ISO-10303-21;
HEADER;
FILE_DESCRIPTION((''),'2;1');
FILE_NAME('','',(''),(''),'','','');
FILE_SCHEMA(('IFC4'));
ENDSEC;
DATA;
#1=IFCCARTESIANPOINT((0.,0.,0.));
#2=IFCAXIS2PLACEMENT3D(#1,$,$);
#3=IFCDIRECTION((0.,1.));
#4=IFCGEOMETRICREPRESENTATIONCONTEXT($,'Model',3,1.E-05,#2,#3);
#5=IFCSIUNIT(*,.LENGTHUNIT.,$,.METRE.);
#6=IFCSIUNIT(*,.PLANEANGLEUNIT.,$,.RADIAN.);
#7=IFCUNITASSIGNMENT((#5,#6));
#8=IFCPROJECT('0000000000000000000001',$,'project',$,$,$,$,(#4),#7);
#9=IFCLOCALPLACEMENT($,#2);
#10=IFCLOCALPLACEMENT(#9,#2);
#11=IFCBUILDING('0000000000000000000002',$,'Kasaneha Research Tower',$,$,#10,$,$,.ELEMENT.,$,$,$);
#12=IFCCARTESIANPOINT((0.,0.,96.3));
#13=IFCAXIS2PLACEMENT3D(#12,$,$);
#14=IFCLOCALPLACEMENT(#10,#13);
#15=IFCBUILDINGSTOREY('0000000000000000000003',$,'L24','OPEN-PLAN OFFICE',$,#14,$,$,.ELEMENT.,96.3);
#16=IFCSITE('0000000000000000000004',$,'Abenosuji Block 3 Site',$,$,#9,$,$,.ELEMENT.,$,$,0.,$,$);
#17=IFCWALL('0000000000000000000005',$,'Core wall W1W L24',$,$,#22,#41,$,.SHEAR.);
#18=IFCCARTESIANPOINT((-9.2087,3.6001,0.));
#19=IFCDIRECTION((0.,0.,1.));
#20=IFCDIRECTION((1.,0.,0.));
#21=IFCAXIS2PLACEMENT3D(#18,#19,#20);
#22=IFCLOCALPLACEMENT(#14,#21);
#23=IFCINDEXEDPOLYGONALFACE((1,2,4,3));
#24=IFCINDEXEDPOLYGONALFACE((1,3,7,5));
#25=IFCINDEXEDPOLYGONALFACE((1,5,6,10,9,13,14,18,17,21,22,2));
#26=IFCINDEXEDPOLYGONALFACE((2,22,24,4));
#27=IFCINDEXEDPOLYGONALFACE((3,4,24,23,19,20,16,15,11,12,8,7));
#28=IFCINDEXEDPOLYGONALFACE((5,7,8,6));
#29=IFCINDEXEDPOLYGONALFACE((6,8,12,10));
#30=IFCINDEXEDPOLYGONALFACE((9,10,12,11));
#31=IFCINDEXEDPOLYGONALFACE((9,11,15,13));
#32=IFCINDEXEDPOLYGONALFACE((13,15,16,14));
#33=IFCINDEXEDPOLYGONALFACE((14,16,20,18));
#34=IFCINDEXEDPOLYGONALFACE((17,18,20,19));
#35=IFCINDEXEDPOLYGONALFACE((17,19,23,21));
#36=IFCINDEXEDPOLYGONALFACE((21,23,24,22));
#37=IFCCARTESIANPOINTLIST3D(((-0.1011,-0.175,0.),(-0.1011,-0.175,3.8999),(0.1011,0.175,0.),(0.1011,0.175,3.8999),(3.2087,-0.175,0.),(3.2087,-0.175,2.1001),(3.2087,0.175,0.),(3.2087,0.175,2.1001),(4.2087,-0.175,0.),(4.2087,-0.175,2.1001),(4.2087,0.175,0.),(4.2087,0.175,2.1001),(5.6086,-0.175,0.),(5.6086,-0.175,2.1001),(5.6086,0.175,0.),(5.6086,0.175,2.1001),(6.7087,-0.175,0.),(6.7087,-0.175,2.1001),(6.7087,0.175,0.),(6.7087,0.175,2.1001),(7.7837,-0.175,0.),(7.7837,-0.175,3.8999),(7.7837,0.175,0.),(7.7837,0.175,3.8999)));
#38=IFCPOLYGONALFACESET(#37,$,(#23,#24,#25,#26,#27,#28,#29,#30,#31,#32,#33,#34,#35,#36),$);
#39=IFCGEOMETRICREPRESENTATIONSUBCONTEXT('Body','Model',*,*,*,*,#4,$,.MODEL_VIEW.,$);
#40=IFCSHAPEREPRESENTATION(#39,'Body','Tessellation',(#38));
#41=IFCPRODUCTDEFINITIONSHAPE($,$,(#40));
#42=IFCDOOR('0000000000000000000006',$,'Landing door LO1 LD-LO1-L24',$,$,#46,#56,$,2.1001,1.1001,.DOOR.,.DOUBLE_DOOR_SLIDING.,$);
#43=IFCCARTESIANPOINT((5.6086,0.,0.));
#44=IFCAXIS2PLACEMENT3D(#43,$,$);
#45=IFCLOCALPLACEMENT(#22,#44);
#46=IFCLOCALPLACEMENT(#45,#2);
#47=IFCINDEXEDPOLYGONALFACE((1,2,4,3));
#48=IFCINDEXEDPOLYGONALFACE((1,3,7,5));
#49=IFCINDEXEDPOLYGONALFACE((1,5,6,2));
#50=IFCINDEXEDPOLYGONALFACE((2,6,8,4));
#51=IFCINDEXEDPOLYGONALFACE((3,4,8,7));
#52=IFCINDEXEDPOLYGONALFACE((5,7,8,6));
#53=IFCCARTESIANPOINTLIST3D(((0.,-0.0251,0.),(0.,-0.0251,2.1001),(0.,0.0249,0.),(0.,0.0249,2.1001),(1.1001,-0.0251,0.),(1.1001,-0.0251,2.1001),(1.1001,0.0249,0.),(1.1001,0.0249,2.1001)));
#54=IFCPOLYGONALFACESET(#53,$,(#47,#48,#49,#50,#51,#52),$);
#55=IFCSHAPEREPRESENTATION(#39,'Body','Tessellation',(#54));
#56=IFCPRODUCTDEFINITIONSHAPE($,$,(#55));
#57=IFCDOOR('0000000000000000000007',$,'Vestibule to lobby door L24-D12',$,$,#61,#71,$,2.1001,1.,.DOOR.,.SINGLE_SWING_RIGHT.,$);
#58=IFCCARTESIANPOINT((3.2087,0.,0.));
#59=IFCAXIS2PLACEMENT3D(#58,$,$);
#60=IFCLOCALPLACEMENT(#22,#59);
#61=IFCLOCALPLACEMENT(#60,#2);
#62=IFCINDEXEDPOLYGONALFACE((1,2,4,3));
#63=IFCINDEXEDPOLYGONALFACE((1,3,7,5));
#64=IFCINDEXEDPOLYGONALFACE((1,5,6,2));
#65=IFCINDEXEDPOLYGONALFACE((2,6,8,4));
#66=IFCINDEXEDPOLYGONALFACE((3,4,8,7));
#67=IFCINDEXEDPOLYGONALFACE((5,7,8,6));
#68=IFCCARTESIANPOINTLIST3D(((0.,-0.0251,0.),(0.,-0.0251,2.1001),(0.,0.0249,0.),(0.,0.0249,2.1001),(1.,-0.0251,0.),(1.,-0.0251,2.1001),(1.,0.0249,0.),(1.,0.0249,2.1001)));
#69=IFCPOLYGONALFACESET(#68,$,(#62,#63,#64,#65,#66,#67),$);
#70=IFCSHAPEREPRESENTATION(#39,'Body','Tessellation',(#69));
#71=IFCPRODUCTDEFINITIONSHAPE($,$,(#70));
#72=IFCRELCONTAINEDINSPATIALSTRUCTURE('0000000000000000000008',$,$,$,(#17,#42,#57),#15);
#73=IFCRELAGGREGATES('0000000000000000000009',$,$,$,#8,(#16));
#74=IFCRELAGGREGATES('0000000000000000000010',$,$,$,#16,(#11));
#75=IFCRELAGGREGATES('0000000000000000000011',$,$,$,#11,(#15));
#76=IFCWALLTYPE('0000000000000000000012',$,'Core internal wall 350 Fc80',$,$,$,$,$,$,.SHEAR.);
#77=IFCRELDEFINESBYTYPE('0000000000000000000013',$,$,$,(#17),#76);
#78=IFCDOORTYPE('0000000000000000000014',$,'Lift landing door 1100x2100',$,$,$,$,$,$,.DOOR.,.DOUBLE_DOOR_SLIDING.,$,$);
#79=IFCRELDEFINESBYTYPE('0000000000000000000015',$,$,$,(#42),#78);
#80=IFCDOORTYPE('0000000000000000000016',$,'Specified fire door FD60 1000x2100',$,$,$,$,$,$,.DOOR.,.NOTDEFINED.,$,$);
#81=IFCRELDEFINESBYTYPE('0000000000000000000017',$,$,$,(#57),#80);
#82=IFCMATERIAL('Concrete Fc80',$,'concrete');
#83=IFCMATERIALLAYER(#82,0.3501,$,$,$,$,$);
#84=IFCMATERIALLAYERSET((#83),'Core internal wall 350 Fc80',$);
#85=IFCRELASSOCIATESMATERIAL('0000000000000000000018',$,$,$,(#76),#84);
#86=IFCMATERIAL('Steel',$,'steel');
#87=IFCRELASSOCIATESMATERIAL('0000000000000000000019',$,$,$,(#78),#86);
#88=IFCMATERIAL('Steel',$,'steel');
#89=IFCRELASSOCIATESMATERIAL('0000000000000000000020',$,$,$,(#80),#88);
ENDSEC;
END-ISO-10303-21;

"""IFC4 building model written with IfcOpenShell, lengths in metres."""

from ifc_helpers import new_model, si_unit, direction, frame, frame_2d, origin, place, context, subcontext, project, spatial, polyline, rectangle, outline, extrude, material, layer, layer_set, type_object, element, fill, save


model = new_model("IFC4")

# Units and contexts
model_context = context("Model", 3, precision=1e-05, world=origin(), true_north=direction((0.0, 1.0)))
body_context = subcontext(model_context, "Body", "Model", "MODEL_VIEW")
ifc_project = project(units=[si_unit("LENGTHUNIT", "METRE"), si_unit("PLANEANGLEUNIT", "RADIAN")], contexts=[model_context])

# Site, building, storey
site_placement = place(None, origin())
site = spatial("IfcSite", under=ifc_project, at=site_placement, Name="Abenosuji Block 3 Site", CompositionType="ELEMENT", RefElevation=0.0)
building_placement = place(site_placement, origin())
building = spatial("IfcBuilding", under=site, at=building_placement, Name="Kasaneha Research Tower", CompositionType="ELEMENT")
storey_placement = place(building_placement, frame((0.0, 0.0, 96.3)))
storey = spatial("IfcBuildingStorey", under=building, at=storey_placement, Name="L24", Description="OPEN-PLAN OFFICE", CompositionType="ELEMENT", Elevation=96.3)

# Wall, openings, doors
ifc_material_1 = material(Name="Concrete Fc80", Category="concrete")
ifc_layer_1 = layer(ifc_material_1, 0.3501)
ifc_layer_set_1 = layer_set([ifc_layer_1], Name="Core internal wall 350 Fc80")
wall_type_1 = type_object("IfcWallType", Name="Core internal wall 350 Fc80", PredefinedType="SHEAR", material=ifc_layer_set_1)
wall_1_placement = place(storey_placement, frame((-9.2087, 3.6001, 0.0), z_axis=(0.0, 0.0, 1.0), x_axis=(1.0, 0.0, 0.0)))
wall_1 = element("IfcWall", 1, at=wall_1_placement, inside=storey, type_object=wall_type_1, Name="Core wall W1W L24", PredefinedType="SHEAR", context=body_context, shape_type="SweptSolid", body=[
    extrude(outline(polyline([(-0.1011, -0.175), (3.2087, -0.175), (4.2087, -0.175), (5.6086, -0.175), (6.7087, -0.175), (7.7837, -0.175), (7.7837, 0.175), (6.7087, 0.175), (5.6086, 0.175), (4.2087, 0.175), (3.2087, 0.175), (0.1011, 0.175), (-0.1011, -0.175)])), origin(), (0.0, 0.0, 1.0), 3.8999),
])
opening_1_placement = place(wall_1_placement, frame((3.2087, 0.0, 0.0)))
opening_1 = element("IfcOpeningElement", 2, at=opening_1_placement, cuts=wall_1, PredefinedType="OPENING", context=body_context, shape_type="SweptSolid", body=[
    extrude(rectangle(XDim=1.0, YDim=2.1001, at=frame_2d((0.5, 1.05))), frame((0.0, 0.1851, 0.0), z_axis=(0.0, -1.0, 0.0), x_axis=(1.0, 0.0, 0.0)), (0.0, 0.0, 1.0), 0.3701),
])
opening_2_placement = place(wall_1_placement, frame((5.6086, 0.0, 0.0)))
opening_2 = element("IfcOpeningElement", 3, at=opening_2_placement, cuts=wall_1, PredefinedType="OPENING", context=body_context, shape_type="SweptSolid", body=[
    extrude(rectangle(XDim=1.1001, YDim=2.1001, at=frame_2d((0.55, 1.05))), frame((0.0, 0.1851, 0.0), z_axis=(0.0, -1.0, 0.0), x_axis=(1.0, 0.0, 0.0)), (0.0, 0.0, 1.0), 0.3701),
])
ifc_material_2 = material(Name="Steel", Category="steel")
door_type_1 = type_object("IfcDoorType", Name="Lift landing door 1100x2100", OperationType="DOUBLE_DOOR_SLIDING", PredefinedType="DOOR", material=ifc_material_2)
door_1_placement = place(opening_2_placement, origin())
door_1 = element("IfcDoor", 4, at=door_1_placement, inside=storey, type_object=door_type_1, Name="Landing door LO1 LD-LO1-L24", OperationType="DOUBLE_DOOR_SLIDING", OverallHeight=2.1001, OverallWidth=1.1001, PredefinedType="DOOR", context=body_context, shape_type="SweptSolid", body=[
    extrude(rectangle(XDim=1.1001, YDim=2.1001, at=frame_2d((0.55, 1.05))), frame((0.0, 0.0249, 0.0), z_axis=(0.0, -1.0, 0.0), x_axis=(1.0, 0.0, 0.0)), (0.0, 0.0, 1.0), 0.05),
])
fill(opening_2, door_1)
ifc_material_3 = material(Name="Steel", Category="steel")
door_type_2 = type_object("IfcDoorType", Name="Specified fire door FD60 1000x2100", OperationType="NOTDEFINED", PredefinedType="DOOR", material=ifc_material_3)
door_2_placement = place(opening_1_placement, origin())
door_2 = element("IfcDoor", 5, at=door_2_placement, inside=storey, type_object=door_type_2, Name="Vestibule to lobby door L24-D12", OperationType="SINGLE_SWING_RIGHT", OverallHeight=2.1001, OverallWidth=1.0, PredefinedType="DOOR", context=body_context, shape_type="SweptSolid", body=[
    extrude(rectangle(XDim=1.0, YDim=2.1001, at=frame_2d((0.5, 1.05))), frame((0.0, 0.0249, 0.0), z_axis=(0.0, -1.0, 0.0), x_axis=(1.0, 0.0, 0.0)), (0.0, 0.0, 1.0), 0.05),
])
fill(opening_1, door_2)

save(model, "model.ifc")
